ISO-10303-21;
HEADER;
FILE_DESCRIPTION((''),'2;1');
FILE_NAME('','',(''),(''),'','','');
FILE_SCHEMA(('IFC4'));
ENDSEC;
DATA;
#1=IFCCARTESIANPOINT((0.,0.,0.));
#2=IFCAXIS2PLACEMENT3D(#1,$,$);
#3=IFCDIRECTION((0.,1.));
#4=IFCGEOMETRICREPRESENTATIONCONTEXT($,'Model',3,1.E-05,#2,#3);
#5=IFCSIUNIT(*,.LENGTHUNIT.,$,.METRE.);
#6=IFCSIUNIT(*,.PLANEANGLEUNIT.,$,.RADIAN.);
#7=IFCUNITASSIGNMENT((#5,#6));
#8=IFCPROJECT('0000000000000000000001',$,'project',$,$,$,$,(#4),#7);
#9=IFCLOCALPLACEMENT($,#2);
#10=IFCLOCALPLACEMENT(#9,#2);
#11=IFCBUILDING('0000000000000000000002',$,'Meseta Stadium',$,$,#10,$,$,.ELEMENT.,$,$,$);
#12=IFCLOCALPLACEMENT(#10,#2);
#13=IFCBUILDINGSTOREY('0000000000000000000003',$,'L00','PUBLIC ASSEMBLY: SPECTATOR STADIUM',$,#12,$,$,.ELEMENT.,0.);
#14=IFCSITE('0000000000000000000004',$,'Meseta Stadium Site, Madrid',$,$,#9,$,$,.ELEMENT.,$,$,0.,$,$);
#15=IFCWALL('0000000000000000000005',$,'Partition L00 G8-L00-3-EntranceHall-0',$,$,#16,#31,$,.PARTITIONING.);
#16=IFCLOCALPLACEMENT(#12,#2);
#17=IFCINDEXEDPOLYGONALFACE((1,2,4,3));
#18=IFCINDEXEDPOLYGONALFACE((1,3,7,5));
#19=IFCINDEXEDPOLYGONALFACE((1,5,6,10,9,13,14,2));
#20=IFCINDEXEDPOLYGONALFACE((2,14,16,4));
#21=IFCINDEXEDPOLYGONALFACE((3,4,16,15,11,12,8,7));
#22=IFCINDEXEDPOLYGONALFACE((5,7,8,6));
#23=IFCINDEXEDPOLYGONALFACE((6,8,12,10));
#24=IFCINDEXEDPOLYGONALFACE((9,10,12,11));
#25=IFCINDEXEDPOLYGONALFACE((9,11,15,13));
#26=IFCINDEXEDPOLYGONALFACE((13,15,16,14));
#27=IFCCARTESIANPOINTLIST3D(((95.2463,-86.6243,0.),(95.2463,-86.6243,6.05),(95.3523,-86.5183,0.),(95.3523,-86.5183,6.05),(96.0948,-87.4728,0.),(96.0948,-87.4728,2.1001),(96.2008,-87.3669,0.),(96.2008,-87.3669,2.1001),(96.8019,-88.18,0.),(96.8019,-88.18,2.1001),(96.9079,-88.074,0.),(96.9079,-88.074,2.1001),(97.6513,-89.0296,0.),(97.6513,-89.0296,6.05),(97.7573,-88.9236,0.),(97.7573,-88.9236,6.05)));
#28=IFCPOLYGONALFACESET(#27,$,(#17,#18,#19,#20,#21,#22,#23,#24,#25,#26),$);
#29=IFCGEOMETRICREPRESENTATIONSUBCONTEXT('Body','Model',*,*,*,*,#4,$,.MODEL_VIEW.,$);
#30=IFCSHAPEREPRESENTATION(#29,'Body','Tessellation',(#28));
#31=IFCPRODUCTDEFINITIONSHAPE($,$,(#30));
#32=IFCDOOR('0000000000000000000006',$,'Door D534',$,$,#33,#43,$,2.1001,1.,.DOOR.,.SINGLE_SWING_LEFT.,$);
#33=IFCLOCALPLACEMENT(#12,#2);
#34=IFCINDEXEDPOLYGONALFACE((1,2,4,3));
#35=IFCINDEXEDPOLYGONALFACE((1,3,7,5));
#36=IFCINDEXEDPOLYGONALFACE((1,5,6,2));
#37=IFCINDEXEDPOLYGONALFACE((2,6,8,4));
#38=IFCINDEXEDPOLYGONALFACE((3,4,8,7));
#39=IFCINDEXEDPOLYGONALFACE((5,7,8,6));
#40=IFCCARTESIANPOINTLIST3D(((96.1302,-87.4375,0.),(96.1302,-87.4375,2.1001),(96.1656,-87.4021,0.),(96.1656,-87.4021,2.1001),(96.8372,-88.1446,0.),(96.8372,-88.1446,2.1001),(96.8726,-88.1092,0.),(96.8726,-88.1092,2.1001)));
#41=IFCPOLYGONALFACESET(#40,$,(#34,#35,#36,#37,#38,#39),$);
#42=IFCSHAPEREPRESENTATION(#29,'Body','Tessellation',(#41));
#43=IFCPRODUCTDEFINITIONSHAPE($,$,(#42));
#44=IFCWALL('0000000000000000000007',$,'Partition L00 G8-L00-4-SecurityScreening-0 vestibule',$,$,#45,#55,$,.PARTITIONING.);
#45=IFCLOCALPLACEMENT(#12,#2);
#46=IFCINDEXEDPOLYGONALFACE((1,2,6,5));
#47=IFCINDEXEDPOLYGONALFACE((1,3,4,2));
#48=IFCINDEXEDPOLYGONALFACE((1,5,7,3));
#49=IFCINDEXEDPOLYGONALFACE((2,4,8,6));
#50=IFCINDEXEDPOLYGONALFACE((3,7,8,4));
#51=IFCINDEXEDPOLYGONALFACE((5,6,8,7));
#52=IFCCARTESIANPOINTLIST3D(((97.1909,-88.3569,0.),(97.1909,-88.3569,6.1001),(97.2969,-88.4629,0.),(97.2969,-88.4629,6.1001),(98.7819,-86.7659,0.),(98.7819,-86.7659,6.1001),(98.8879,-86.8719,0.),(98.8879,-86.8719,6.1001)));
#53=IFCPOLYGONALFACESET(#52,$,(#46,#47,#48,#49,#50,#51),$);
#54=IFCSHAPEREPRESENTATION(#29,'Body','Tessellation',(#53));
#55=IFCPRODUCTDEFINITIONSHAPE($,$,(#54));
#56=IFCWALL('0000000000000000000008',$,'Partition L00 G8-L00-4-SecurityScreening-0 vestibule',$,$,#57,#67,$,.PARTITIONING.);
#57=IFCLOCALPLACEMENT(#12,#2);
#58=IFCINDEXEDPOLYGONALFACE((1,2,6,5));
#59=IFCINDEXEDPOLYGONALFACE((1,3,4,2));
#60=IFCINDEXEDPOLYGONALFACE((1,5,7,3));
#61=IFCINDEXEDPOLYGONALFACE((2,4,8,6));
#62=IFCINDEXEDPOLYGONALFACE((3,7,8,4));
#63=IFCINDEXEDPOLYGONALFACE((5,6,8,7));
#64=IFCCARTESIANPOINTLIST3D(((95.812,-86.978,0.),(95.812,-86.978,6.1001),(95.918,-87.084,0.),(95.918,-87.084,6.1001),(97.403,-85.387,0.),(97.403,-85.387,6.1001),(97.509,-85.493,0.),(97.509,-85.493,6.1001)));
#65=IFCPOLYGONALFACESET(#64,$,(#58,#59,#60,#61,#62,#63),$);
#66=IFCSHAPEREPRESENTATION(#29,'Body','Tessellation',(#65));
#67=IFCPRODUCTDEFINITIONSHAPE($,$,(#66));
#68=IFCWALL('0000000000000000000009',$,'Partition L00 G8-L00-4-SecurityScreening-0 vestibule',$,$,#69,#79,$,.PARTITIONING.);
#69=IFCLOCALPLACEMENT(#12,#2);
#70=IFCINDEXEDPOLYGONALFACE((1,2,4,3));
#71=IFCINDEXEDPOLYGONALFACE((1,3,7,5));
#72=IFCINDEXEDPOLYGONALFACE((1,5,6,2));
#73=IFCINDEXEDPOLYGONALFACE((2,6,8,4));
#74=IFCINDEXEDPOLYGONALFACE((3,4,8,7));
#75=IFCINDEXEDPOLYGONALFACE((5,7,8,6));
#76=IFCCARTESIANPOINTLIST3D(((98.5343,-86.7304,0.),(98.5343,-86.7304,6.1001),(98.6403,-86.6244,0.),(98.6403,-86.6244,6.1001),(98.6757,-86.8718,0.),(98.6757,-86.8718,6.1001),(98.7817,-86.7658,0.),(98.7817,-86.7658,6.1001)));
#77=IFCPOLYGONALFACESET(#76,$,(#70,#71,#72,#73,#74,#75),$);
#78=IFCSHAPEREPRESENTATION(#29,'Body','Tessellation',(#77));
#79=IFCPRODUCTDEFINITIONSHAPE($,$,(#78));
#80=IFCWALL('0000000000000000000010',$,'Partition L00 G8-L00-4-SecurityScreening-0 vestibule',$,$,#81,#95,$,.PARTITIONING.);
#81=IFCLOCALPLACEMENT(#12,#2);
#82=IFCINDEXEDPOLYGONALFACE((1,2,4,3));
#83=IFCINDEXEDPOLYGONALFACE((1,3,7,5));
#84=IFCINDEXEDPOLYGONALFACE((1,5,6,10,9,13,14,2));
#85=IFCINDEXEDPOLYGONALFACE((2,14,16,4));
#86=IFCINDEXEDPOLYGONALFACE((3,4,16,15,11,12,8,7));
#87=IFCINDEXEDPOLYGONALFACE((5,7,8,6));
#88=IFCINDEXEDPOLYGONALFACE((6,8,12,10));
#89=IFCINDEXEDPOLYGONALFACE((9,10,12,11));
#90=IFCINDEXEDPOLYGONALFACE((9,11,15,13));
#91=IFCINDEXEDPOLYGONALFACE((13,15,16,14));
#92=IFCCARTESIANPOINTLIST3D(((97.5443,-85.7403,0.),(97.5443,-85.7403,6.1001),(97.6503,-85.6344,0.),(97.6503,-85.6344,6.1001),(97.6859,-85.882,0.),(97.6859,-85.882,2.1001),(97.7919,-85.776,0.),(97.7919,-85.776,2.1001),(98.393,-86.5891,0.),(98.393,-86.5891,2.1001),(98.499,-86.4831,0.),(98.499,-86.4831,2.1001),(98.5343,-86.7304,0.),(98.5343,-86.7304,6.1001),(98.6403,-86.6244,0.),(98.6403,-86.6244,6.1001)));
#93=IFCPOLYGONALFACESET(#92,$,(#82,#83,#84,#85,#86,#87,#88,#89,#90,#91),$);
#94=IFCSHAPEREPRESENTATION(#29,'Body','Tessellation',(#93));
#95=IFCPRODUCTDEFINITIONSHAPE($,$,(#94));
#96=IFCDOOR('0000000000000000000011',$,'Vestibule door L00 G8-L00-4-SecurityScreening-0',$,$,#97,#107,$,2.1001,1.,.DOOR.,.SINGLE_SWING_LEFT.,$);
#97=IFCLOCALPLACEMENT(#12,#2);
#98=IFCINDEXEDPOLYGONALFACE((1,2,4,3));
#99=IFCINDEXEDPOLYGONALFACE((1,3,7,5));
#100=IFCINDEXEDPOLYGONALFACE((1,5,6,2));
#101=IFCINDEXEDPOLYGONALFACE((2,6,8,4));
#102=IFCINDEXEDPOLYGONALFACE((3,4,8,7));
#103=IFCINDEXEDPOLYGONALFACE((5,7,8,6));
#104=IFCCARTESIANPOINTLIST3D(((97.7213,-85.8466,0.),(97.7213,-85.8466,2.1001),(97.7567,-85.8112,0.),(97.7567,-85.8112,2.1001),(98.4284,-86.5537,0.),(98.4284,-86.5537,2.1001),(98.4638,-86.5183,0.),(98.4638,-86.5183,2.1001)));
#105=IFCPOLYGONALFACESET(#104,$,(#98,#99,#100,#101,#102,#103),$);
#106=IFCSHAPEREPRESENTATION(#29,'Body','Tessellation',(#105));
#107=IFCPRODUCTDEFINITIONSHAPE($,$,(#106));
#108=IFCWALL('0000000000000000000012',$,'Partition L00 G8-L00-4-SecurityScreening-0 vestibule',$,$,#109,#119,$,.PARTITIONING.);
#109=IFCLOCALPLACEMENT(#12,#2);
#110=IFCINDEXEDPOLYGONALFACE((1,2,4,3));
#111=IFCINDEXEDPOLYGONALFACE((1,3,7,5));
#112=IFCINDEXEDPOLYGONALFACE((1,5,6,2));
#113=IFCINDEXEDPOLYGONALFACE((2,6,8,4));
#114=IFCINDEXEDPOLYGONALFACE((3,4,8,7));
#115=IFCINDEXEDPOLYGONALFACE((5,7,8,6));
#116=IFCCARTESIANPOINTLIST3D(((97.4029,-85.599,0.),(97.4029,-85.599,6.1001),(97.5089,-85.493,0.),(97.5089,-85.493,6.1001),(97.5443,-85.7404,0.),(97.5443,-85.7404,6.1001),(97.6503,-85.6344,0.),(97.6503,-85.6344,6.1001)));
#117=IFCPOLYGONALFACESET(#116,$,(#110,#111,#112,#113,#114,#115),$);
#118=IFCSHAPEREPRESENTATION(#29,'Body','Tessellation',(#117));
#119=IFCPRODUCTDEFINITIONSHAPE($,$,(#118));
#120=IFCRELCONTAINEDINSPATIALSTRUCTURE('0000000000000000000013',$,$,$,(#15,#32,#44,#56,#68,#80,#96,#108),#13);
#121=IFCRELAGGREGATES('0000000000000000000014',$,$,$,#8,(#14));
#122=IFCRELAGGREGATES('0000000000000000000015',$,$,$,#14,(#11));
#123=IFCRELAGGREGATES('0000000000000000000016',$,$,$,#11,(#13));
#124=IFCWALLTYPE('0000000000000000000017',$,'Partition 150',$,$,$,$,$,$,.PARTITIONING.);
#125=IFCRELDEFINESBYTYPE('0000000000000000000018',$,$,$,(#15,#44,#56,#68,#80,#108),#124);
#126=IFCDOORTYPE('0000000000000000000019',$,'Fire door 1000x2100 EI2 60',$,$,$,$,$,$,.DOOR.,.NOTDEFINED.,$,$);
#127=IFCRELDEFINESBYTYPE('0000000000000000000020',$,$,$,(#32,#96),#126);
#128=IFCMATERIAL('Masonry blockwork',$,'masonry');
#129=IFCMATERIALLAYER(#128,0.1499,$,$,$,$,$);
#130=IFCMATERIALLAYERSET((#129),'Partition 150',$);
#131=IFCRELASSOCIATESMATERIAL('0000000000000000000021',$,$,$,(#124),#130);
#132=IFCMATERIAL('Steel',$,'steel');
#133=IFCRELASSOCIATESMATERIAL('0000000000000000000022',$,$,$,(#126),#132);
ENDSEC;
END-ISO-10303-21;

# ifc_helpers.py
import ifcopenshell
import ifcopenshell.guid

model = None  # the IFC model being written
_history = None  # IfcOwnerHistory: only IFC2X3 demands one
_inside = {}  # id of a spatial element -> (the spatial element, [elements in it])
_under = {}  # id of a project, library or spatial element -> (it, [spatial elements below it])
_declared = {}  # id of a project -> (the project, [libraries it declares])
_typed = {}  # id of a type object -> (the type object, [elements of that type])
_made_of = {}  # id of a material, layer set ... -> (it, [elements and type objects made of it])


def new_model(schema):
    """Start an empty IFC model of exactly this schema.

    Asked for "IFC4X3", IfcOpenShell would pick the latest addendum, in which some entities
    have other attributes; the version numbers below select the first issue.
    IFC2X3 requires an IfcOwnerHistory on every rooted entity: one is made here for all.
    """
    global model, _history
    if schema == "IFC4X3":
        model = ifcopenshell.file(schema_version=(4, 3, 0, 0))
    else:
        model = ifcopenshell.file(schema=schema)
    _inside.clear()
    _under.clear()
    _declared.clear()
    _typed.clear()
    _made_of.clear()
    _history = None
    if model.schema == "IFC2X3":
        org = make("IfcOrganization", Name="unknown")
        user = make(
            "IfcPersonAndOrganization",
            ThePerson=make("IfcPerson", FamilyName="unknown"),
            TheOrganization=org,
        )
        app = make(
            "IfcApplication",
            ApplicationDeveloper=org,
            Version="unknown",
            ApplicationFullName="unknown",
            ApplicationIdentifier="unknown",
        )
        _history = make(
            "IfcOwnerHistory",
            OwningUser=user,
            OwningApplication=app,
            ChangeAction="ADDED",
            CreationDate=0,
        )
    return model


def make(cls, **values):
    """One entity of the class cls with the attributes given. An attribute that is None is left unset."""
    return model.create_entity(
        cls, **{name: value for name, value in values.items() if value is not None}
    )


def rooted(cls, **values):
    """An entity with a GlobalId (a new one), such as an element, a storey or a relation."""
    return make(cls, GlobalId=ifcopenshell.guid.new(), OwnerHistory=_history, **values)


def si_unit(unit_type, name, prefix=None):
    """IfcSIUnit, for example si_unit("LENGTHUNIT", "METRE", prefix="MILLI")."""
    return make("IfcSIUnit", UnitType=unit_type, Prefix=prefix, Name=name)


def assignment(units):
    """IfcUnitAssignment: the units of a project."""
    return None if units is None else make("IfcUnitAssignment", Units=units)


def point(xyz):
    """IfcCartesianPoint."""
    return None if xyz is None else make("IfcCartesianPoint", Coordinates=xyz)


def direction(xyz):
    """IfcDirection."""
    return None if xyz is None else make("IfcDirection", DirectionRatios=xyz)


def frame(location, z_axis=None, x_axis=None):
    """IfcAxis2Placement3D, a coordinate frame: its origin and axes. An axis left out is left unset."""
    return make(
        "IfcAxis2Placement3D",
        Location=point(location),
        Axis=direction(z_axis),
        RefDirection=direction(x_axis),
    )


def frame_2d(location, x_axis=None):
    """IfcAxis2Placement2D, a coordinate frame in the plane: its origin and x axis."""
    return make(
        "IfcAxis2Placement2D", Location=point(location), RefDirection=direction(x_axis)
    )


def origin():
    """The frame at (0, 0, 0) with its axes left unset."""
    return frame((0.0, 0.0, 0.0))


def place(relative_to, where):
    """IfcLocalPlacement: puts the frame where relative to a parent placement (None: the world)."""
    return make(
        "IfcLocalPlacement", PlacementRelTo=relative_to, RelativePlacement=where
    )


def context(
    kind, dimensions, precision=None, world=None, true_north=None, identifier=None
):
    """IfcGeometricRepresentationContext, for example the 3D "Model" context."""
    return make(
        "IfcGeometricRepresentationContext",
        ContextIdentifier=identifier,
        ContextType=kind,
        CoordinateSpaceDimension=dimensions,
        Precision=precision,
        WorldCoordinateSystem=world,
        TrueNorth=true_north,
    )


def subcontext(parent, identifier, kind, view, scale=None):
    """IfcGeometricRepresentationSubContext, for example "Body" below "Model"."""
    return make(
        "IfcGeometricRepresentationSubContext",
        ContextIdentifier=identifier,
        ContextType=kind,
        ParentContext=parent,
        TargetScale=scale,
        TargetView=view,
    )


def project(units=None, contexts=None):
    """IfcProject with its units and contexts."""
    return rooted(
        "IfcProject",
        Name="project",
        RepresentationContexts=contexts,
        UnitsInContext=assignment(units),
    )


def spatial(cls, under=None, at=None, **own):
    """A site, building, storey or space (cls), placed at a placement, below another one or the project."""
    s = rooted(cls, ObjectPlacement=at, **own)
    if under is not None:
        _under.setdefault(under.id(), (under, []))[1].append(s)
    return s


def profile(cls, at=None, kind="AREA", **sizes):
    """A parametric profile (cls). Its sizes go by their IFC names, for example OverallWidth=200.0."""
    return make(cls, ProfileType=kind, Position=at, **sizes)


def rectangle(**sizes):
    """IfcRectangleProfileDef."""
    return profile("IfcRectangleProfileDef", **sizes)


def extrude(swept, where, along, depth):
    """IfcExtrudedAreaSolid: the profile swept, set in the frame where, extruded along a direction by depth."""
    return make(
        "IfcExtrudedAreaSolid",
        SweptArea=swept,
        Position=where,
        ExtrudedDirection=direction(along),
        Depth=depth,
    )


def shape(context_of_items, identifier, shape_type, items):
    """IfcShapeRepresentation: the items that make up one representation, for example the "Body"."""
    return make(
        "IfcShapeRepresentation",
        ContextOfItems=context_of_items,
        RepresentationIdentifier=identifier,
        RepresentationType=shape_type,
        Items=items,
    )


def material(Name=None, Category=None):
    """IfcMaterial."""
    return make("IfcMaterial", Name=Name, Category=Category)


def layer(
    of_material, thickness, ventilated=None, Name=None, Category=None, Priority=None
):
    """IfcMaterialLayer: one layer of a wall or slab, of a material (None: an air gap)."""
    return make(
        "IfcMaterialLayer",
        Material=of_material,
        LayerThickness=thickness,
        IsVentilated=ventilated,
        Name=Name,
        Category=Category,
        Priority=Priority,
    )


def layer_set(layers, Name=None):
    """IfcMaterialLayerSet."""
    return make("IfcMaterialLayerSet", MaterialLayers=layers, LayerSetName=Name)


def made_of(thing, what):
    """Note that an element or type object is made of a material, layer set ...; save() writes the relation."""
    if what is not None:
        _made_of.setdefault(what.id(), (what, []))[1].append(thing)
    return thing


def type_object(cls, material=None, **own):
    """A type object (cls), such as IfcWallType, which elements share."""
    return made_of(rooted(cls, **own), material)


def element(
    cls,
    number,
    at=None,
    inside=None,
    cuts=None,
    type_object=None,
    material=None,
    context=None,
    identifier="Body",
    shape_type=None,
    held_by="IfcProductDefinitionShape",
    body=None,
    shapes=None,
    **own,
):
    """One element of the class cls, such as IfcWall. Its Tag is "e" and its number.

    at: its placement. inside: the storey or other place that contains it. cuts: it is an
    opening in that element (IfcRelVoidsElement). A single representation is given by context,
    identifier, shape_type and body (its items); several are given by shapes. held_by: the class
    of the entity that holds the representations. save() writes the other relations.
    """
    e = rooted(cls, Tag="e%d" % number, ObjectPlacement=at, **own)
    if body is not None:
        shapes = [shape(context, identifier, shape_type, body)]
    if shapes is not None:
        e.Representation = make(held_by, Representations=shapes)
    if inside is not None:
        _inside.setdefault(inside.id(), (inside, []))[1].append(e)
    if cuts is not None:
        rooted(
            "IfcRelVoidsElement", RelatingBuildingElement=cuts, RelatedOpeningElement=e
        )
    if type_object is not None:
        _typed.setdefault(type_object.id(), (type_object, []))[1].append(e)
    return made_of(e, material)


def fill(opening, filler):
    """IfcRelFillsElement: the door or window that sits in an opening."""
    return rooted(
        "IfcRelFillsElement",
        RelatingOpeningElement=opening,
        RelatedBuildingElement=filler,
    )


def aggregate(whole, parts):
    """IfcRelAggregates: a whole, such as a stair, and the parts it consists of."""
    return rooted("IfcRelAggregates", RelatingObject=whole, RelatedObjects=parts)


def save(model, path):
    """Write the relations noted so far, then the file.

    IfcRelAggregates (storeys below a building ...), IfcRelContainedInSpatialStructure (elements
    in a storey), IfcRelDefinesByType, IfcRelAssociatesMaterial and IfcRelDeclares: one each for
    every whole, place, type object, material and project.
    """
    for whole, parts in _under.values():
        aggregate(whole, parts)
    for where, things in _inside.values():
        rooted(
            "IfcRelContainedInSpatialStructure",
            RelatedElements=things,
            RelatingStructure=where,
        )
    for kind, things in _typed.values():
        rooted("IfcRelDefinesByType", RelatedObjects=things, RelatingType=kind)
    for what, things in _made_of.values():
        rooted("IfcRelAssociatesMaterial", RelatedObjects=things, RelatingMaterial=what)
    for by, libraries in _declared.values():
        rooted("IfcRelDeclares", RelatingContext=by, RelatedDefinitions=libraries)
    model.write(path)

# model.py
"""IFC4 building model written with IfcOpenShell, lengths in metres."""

from ifc_helpers import new_model, si_unit, direction, frame, frame_2d, origin, place, context, subcontext, project, spatial, rectangle, extrude, material, layer, layer_set, type_object, element, fill, save


model = new_model("IFC4")

# Units and contexts
model_context = context("Model", 3, precision=1e-05, world=origin(), true_north=direction((0.0, 1.0)))
body_context = subcontext(model_context, "Body", "Model", "MODEL_VIEW")
ifc_project = project(units=[si_unit("LENGTHUNIT", "METRE"), si_unit("PLANEANGLEUNIT", "RADIAN")], contexts=[model_context])

# Site, building, storey
site_placement = place(None, origin())
site = spatial("IfcSite", under=ifc_project, at=site_placement, Name="Meseta Stadium Site, Madrid", CompositionType="ELEMENT", RefElevation=0.0)
building_placement = place(site_placement, origin())
building = spatial("IfcBuilding", under=site, at=building_placement, Name="Meseta Stadium", CompositionType="ELEMENT")
storey_placement = place(building_placement, origin())
storey = spatial("IfcBuildingStorey", under=building, at=storey_placement, Name="L00", Description="PUBLIC ASSEMBLY: SPECTATOR STADIUM", CompositionType="ELEMENT", Elevation=0.0)

# Shared definitions
ifc_material_1 = material(Name="Masonry blockwork", Category="masonry")
ifc_layer_1 = layer(ifc_material_1, 0.1499)
ifc_layer_set_1 = layer_set([ifc_layer_1], Name="Partition 150")
wall_type_1 = type_object("IfcWallType", Name="Partition 150", PredefinedType="PARTITIONING", material=ifc_layer_set_1)

# Wall, opening, door
wall_1_placement = place(storey_placement, frame((97.7043, -88.9766, 0.0), z_axis=(0.0, 0.0, 1.0), x_axis=(-0.707071, 0.707143, 0.0)))
wall_1 = element("IfcWall", 1, at=wall_1_placement, inside=storey, type_object=wall_type_1, Name="Partition L00 G8-L00-3-EntranceHall-0", PredefinedType="PARTITIONING", context=body_context, shape_type="SweptSolid", body=[
    extrude(rectangle(XDim=3.4014, YDim=0.1499, at=frame_2d((1.7007, 0.0))), origin(), (0.0, 0.0, 1.0), 6.05),
])
opening_1_placement = place(wall_1_placement, frame((1.2014, 0.0, 0.0)))
opening_1 = element("IfcOpeningElement", 2, at=opening_1_placement, cuts=wall_1, PredefinedType="OPENING", context=body_context, shape_type="SweptSolid", body=[
    extrude(rectangle(XDim=1.0, YDim=2.1001, at=frame_2d((0.5, 1.05))), frame((0.0, 0.085, 0.0), z_axis=(0.0, -1.0, 0.0), x_axis=(1.0, 0.0, 0.0)), (0.0, 0.0, 1.0), 0.1699),
])
ifc_material_2 = material(Name="Steel", Category="steel")
door_type = type_object("IfcDoorType", Name="Fire door 1000x2100 EI2 60", OperationType="NOTDEFINED", PredefinedType="DOOR", material=ifc_material_2)
door_1_placement = place(opening_1_placement, origin())
door_1 = element("IfcDoor", 3, at=door_1_placement, inside=storey, type_object=door_type, Name="Door D534", OperationType="SINGLE_SWING_LEFT", OverallHeight=2.1001, OverallWidth=1.0, PredefinedType="DOOR", context=body_context, shape_type="SweptSolid", body=[
    extrude(rectangle(XDim=1.0, YDim=2.1001, at=frame_2d((0.5, 1.05))), frame((0.0, 0.0249, 0.0), z_axis=(0.0, -1.0, 0.0), x_axis=(1.0, 0.0, 0.0)), (0.0, 0.0, 1.0), 0.05),
])
fill(opening_1, door_1)

# Walls
for number, where, z_axis, x_axis, name in (
    (4, (97.2439, -88.4099, 0.0), (0.0, 0.0, 1.0), (0.707107, 0.707107, 0.0), "Partition L00 G8-L00-4-SecurityScreening-0 vestibule"),
    (5, (95.865, -87.031, 0.0), (0.0, 0.0, 1.0), (0.707107, 0.707107, 0.0), "Partition L00 G8-L00-4-SecurityScreening-0 vestibule"),
):
    element("IfcWall", number, at=place(storey_placement, frame(where, z_axis=z_axis, x_axis=x_axis)), inside=storey, type_object=wall_type_1, Name=name, PredefinedType="PARTITIONING", context=body_context, shape_type="SweptSolid", body=[
        extrude(rectangle(XDim=2.25, YDim=0.1499, at=frame_2d((1.125, 0.0))), origin(), (0.0, 0.0, 1.0), 6.1001),
    ])
wall_2_placement = place(storey_placement, frame((98.7288, -86.8188, 0.0), z_axis=(0.0, 0.0, 1.0), x_axis=(-0.707107, 0.707107, 0.0)))
element("IfcWall", 6, at=wall_2_placement, inside=storey, type_object=wall_type_1, Name="Partition L00 G8-L00-4-SecurityScreening-0 vestibule", PredefinedType="PARTITIONING", context=body_context, shape_type="SweptSolid", body=[
    extrude(rectangle(XDim=0.2, YDim=0.1499, at=frame_2d((0.1001, 0.0))), origin(), (0.0, 0.0, 1.0), 6.1001),
])

# Wall, opening, door
wall_3_placement = place(storey_placement, frame((98.5874, -86.6775, 0.0), z_axis=(0.0, 0.0, 1.0), x_axis=(-0.707107, 0.707107, 0.0)))
wall_3 = element("IfcWall", 7, at=wall_3_placement, inside=storey, type_object=wall_type_1, Name="Partition L00 G8-L00-4-SecurityScreening-0 vestibule", PredefinedType="PARTITIONING", context=body_context, shape_type="SweptSolid", body=[
    extrude(rectangle(XDim=1.4001, YDim=0.1499, at=frame_2d((0.7002, 0.0))), origin(), (0.0, 0.0, 1.0), 6.1001),
])
opening_2_placement = place(wall_3_placement, frame((0.2, 0.0, 0.0)))
opening_2 = element("IfcOpeningElement", 8, at=opening_2_placement, cuts=wall_3, PredefinedType="OPENING", context=body_context, shape_type="SweptSolid", body=[
    extrude(rectangle(XDim=1.0, YDim=2.1001, at=frame_2d((0.5, 1.05))), frame((0.0, 0.085, 0.0), z_axis=(0.0, -1.0, 0.0), x_axis=(1.0, 0.0, 0.0)), (0.0, 0.0, 1.0), 0.1699),
])
door_2_placement = place(opening_2_placement, origin())
door_2 = element("IfcDoor", 9, at=door_2_placement, inside=storey, type_object=door_type, Name="Vestibule door L00 G8-L00-4-SecurityScreening-0", OperationType="SINGLE_SWING_LEFT", OverallHeight=2.1001, OverallWidth=1.0, PredefinedType="DOOR", context=body_context, shape_type="SweptSolid", body=[
    extrude(rectangle(XDim=1.0, YDim=2.1001, at=frame_2d((0.5, 1.05))), frame((0.0, 0.0249, 0.0), z_axis=(0.0, -1.0, 0.0), x_axis=(1.0, 0.0, 0.0)), (0.0, 0.0, 1.0), 0.05),
])
fill(opening_2, door_2)

# Wall
wall_4_placement = place(storey_placement, frame((97.5974, -85.6875, 0.0), z_axis=(0.0, 0.0, 1.0), x_axis=(-0.707107, 0.707107, 0.0)))
element("IfcWall", 10, at=wall_4_placement, inside=storey, type_object=wall_type_1, Name="Partition L00 G8-L00-4-SecurityScreening-0 vestibule", PredefinedType="PARTITIONING", context=body_context, shape_type="SweptSolid", body=[
    extrude(rectangle(XDim=0.2, YDim=0.1499, at=frame_2d((0.1001, 0.0))), origin(), (0.0, 0.0, 1.0), 6.1001),
])

save(model, "model.ifc")
